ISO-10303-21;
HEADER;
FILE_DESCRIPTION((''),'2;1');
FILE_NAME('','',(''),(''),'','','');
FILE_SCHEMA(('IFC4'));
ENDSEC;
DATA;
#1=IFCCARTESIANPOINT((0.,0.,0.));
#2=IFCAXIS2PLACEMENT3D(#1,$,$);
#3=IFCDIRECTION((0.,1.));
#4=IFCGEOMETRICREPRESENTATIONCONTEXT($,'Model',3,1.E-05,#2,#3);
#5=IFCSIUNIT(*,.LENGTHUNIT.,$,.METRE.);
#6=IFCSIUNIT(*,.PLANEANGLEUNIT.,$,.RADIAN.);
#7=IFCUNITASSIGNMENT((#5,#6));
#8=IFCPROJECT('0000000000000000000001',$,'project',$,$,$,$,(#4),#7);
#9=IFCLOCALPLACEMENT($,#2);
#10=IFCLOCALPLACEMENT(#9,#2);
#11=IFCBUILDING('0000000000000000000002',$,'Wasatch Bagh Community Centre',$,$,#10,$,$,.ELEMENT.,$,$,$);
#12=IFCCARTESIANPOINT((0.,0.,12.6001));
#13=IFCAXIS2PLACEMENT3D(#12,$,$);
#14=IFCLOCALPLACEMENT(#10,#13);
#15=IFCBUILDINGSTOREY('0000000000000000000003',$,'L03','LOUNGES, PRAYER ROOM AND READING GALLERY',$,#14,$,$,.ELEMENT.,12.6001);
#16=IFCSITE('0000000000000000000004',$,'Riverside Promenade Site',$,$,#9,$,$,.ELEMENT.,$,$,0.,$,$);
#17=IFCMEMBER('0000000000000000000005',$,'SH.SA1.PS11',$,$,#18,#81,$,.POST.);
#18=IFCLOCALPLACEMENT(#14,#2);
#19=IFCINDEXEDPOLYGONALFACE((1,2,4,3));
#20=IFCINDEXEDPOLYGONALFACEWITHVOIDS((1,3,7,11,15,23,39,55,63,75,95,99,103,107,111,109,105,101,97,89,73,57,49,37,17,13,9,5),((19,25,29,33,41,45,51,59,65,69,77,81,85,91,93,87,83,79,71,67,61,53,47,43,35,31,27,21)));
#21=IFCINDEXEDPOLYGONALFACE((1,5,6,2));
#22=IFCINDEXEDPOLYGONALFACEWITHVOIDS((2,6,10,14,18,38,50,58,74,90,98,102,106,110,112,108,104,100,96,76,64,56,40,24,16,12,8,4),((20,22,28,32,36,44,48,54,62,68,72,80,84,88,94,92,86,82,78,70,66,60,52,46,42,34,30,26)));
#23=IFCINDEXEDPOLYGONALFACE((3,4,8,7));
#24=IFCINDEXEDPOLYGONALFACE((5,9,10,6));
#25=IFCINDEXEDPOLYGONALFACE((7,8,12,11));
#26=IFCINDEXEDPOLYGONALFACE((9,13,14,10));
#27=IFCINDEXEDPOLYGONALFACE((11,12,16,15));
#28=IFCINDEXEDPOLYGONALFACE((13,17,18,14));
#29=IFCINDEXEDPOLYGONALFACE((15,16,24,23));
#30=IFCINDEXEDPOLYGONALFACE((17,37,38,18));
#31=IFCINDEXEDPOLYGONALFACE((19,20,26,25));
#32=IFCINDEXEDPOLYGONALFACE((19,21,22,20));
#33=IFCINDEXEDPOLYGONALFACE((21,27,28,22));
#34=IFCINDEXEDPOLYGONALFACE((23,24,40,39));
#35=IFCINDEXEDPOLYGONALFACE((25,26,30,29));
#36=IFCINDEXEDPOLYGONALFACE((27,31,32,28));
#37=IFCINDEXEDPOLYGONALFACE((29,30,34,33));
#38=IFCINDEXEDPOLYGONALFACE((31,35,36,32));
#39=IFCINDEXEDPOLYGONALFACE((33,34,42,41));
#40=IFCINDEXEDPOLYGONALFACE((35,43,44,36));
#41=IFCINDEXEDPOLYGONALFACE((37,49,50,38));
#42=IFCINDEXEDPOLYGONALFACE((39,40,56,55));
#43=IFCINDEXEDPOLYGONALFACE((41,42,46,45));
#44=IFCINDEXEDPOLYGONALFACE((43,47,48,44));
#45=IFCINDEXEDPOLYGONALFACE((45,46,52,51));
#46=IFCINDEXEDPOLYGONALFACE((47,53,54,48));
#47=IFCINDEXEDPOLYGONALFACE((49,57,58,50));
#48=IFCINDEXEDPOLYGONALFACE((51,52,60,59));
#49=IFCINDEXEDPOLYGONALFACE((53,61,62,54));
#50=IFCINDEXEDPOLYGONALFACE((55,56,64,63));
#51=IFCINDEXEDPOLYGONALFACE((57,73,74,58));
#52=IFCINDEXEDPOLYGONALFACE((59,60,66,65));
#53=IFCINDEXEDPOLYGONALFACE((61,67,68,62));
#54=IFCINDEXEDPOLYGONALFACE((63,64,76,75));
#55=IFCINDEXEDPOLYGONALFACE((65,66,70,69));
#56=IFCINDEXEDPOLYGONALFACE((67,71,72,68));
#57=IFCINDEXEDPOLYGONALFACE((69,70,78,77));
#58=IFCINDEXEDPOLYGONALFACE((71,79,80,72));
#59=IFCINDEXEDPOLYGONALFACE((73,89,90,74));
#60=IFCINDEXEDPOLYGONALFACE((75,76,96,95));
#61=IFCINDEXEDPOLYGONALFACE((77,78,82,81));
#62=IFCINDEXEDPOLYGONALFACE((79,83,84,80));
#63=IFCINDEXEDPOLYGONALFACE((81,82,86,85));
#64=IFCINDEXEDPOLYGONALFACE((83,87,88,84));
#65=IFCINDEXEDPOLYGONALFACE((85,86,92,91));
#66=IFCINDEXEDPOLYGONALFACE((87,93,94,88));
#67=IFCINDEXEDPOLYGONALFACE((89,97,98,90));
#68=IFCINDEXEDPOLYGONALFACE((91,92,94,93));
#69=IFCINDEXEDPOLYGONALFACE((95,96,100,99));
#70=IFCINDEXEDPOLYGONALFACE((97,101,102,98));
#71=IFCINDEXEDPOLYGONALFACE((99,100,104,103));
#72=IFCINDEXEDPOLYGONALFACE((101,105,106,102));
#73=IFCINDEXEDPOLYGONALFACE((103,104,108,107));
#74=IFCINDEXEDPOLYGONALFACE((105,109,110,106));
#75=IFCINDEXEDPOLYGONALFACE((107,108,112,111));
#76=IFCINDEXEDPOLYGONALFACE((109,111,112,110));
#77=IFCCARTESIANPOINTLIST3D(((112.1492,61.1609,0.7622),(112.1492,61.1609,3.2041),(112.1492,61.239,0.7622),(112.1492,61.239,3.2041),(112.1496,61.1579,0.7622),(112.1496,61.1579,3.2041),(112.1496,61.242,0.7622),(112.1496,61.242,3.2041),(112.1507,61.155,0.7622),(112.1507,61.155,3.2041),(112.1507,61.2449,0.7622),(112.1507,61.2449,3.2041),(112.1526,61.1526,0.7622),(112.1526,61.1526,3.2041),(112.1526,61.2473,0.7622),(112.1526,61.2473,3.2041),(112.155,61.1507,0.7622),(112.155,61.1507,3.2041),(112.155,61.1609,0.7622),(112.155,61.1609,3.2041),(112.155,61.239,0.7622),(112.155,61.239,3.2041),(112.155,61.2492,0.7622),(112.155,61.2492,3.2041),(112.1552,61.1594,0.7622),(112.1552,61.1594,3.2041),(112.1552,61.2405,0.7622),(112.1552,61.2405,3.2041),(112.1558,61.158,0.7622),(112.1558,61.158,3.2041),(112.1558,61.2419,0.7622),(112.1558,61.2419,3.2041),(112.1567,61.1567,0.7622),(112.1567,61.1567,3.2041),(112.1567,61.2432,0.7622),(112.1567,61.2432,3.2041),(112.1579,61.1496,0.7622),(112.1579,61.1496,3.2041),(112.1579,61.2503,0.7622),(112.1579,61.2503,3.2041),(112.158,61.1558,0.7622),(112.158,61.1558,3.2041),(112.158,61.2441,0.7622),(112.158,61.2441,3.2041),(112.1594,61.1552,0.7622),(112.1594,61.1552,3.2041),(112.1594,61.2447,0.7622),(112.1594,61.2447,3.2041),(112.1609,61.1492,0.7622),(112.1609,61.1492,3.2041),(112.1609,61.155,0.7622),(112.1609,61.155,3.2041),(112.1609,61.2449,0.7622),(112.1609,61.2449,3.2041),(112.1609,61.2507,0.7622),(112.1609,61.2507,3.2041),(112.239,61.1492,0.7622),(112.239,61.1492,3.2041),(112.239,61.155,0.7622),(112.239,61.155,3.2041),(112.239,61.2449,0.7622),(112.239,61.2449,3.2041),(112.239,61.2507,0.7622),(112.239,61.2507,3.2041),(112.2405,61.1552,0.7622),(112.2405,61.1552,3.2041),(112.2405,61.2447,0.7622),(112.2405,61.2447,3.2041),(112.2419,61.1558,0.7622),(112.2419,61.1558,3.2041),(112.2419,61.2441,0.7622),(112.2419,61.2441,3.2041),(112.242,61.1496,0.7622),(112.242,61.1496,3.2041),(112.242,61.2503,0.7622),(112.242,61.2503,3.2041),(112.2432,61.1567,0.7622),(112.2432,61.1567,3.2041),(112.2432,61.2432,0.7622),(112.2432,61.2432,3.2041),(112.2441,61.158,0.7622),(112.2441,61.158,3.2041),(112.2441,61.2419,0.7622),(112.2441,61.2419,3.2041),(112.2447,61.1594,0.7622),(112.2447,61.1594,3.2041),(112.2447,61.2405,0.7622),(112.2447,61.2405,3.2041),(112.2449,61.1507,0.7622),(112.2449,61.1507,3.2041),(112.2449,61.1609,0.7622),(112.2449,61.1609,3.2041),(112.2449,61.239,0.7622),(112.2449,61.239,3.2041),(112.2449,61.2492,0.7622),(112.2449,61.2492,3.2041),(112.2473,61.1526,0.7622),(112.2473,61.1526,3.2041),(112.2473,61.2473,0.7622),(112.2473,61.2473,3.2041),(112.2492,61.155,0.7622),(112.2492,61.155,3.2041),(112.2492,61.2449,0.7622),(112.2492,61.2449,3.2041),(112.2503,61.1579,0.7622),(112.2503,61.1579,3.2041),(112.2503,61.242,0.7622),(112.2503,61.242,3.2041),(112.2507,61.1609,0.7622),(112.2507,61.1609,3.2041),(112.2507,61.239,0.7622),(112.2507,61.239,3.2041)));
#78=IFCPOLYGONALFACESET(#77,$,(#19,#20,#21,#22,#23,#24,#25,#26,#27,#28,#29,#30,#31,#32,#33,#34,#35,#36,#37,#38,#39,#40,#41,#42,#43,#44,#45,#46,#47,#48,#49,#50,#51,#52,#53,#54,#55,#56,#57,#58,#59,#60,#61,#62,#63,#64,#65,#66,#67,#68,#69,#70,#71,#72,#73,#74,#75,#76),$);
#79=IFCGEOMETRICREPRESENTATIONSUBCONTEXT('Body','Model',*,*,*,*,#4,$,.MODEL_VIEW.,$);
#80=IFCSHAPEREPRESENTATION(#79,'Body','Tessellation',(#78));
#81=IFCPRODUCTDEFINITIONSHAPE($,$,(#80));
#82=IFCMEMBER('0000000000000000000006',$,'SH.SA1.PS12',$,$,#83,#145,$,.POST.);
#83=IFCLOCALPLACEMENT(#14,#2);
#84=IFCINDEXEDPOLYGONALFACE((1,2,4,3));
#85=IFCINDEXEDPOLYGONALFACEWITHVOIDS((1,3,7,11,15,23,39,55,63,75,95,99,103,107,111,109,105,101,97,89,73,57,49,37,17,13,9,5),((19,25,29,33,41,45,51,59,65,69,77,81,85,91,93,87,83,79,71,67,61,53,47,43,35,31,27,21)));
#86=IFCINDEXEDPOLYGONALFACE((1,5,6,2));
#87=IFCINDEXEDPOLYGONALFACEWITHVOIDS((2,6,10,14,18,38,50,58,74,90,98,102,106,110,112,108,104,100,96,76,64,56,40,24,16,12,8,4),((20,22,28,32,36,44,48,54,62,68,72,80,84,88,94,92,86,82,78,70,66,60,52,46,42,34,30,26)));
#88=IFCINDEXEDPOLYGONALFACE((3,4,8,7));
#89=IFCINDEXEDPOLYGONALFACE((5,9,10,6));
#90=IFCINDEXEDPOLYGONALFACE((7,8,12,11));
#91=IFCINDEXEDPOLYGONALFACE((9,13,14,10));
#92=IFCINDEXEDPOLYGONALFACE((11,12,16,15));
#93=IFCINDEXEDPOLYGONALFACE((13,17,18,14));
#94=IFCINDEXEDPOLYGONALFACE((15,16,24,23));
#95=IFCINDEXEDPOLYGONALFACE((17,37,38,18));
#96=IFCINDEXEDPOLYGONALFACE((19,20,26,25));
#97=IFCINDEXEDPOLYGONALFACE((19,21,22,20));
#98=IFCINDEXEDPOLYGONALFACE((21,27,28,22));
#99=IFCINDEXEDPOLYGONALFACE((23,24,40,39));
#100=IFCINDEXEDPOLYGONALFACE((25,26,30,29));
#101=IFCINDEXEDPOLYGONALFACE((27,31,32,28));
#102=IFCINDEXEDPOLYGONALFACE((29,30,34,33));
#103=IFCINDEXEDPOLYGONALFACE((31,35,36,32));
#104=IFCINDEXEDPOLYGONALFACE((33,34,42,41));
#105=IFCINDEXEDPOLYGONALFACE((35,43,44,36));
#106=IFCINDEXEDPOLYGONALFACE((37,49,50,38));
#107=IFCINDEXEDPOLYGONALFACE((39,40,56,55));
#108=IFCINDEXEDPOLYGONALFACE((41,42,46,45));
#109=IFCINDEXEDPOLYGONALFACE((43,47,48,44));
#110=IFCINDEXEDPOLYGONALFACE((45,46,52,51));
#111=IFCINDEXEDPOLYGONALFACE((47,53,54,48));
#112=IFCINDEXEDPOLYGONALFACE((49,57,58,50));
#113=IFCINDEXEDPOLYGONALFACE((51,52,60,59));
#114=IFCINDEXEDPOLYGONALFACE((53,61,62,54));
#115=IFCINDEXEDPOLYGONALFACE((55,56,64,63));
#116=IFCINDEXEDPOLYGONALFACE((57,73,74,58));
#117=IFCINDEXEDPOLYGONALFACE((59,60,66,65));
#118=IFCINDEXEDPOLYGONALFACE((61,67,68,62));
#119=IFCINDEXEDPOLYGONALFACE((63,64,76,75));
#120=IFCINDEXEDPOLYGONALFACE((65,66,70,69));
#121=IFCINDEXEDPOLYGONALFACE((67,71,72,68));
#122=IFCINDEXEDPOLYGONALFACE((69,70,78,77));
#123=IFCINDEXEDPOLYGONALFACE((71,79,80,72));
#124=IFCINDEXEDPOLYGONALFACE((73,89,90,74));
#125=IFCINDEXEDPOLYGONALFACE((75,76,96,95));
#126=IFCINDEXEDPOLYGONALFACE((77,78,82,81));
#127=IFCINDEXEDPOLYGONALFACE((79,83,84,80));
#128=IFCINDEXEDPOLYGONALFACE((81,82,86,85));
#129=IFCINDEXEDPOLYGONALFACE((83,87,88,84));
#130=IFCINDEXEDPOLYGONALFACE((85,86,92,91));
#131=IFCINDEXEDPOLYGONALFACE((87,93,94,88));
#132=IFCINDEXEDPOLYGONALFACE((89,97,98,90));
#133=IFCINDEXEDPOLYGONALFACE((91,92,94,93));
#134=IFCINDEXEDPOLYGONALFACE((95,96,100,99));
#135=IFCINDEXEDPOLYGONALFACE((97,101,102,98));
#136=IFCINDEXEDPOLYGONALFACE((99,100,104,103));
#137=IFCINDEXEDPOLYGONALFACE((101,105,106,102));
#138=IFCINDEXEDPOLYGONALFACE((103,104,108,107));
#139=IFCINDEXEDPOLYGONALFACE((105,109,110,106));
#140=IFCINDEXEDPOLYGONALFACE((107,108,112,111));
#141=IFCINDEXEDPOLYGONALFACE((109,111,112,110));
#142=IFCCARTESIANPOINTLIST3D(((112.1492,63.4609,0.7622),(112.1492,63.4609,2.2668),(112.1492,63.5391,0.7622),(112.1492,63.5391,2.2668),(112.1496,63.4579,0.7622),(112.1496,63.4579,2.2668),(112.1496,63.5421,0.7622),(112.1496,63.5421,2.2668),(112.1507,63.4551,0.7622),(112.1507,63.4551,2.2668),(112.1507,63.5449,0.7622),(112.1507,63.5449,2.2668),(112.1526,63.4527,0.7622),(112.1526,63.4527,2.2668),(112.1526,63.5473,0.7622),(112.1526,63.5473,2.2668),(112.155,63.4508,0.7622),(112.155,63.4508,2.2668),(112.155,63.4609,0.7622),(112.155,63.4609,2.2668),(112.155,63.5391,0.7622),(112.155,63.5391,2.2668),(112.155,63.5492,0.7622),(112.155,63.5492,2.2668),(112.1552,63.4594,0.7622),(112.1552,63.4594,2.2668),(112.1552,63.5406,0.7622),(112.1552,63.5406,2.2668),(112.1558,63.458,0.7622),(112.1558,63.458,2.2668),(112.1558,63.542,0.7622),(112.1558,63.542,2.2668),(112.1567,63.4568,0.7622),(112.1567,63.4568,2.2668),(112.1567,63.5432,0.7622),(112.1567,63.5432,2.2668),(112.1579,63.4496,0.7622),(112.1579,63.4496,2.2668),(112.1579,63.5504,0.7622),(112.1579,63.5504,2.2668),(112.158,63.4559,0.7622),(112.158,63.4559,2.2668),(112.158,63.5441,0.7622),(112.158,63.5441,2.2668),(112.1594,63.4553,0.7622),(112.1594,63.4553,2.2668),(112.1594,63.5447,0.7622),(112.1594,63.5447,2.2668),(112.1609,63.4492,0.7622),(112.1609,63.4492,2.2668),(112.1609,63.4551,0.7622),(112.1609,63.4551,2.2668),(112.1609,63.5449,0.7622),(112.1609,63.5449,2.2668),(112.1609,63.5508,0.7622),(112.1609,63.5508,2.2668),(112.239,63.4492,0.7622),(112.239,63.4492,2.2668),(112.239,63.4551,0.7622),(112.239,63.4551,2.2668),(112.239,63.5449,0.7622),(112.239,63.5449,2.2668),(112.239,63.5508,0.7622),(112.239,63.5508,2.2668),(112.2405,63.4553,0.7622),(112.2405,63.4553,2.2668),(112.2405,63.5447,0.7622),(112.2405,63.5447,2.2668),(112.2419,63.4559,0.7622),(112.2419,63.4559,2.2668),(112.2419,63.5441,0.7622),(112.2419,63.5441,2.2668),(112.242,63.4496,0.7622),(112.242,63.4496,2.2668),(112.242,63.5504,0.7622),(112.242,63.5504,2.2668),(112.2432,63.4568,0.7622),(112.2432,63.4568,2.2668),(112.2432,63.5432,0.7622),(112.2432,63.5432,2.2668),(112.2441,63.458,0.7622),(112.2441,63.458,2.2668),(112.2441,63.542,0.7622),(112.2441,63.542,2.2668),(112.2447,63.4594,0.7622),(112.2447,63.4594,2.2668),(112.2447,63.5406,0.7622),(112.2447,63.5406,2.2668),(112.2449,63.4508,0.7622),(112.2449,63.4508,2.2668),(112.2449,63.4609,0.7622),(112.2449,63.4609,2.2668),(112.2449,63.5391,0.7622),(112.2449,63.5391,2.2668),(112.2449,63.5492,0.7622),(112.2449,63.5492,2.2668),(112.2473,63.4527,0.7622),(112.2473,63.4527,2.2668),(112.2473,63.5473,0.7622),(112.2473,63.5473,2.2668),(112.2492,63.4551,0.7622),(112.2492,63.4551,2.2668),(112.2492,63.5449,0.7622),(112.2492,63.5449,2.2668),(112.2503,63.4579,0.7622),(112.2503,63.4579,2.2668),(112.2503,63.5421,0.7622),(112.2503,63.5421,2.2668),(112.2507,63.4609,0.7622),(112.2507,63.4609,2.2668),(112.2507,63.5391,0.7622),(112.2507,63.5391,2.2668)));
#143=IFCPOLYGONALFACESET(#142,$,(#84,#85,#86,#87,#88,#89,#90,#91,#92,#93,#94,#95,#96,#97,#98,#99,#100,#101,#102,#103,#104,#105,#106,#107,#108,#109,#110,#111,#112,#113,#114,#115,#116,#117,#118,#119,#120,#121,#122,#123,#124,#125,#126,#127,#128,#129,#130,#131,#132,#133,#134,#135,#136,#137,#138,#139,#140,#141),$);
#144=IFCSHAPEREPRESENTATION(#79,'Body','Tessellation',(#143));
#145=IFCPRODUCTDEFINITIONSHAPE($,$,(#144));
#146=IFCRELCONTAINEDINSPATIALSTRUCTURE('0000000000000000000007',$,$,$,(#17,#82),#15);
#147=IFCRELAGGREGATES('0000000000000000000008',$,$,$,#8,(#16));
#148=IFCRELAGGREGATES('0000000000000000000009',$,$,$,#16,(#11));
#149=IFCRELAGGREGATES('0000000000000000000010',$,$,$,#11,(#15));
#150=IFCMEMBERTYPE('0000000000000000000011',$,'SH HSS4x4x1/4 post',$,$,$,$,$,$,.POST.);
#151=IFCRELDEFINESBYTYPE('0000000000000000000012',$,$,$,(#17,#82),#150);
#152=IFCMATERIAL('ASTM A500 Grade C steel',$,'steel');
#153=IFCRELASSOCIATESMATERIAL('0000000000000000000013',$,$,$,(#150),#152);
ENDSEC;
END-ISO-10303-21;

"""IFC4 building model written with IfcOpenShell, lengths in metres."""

from ifc_helpers import new_model, si_unit, direction, frame, origin, origin_2d, place, context, subcontext, project, spatial, hollow_rectangle, extrude, material, material_profile, profile_set, type_object, element, save


model = new_model("IFC4")

# Units and contexts
model_context = context("Model", 3, precision=1e-05, world=origin(), true_north=direction((0.0, 1.0)))
body_context = subcontext(model_context, "Body", "Model", "MODEL_VIEW")
ifc_project = project(units=[si_unit("LENGTHUNIT", "METRE"), si_unit("PLANEANGLEUNIT", "RADIAN")], contexts=[model_context])

# Site, building, storey
site_placement = place(None, origin())
site = spatial("IfcSite", under=ifc_project, at=site_placement, Name="Riverside Promenade Site", CompositionType="ELEMENT", RefElevation=0.0)
building_placement = place(site_placement, origin())
building = spatial("IfcBuilding", under=site, at=building_placement, Name="Wasatch Bagh Community Centre", CompositionType="ELEMENT")
storey_placement = place(building_placement, frame((0.0, 0.0, 12.6001)))
storey = spatial("IfcBuildingStorey", under=building, at=storey_placement, Name="L03", Description="LOUNGES, PRAYER ROOM AND READING GALLERY", CompositionType="ELEMENT", Elevation=12.6001)

# Members
ifc_material_1 = material(Name="ASTM A500 Grade C steel", Category="steel")
ifc_material_profile_1 = material_profile(ifc_material_1, hollow_rectangle(XDim=0.1016, YDim=0.1016, WallThickness=0.0059, InnerFilletRadius=0.0059, OuterFilletRadius=0.0117, at=origin_2d()), Name="HSS4x4x1/4")
ifc_profile_set_1 = profile_set([ifc_material_profile_1], Name="ASTM A500 Grade C steel")
member_type_1 = type_object("IfcMemberType", Name="SH HSS4x4x1/4 post", PredefinedType="POST", material=ifc_profile_set_1)
member_1_placement = place(storey_placement, frame((112.2, 61.2, 0.7622), z_axis=(0.0, 0.0, 1.0), x_axis=(1.0, 0.0, 0.0)))
element("IfcMember", 1, at=member_1_placement, inside=storey, type_object=member_type_1, Name="SH.SA1.PS11", PredefinedType="POST", context=body_context, shape_type="SweptSolid", body=[
    extrude(hollow_rectangle(XDim=0.1016, YDim=0.1016, WallThickness=0.0059, InnerFilletRadius=0.0059, OuterFilletRadius=0.0117, at=origin_2d()), origin(), (0.0, 0.0, 1.0), 2.4419),
])
member_2_placement = place(storey_placement, frame((112.2, 63.5, 0.7622), z_axis=(0.0, 0.0, 1.0), x_axis=(1.0, 0.0, 0.0)))
element("IfcMember", 2, at=member_2_placement, inside=storey, type_object=member_type_1, Name="SH.SA1.PS12", PredefinedType="POST", context=body_context, shape_type="SweptSolid", body=[
    extrude(hollow_rectangle(XDim=0.1016, YDim=0.1016, WallThickness=0.0059, InnerFilletRadius=0.0059, OuterFilletRadius=0.0117, at=origin_2d()), origin(), (0.0, 0.0, 1.0), 1.5046),
])

save(model, "model.ifc")
